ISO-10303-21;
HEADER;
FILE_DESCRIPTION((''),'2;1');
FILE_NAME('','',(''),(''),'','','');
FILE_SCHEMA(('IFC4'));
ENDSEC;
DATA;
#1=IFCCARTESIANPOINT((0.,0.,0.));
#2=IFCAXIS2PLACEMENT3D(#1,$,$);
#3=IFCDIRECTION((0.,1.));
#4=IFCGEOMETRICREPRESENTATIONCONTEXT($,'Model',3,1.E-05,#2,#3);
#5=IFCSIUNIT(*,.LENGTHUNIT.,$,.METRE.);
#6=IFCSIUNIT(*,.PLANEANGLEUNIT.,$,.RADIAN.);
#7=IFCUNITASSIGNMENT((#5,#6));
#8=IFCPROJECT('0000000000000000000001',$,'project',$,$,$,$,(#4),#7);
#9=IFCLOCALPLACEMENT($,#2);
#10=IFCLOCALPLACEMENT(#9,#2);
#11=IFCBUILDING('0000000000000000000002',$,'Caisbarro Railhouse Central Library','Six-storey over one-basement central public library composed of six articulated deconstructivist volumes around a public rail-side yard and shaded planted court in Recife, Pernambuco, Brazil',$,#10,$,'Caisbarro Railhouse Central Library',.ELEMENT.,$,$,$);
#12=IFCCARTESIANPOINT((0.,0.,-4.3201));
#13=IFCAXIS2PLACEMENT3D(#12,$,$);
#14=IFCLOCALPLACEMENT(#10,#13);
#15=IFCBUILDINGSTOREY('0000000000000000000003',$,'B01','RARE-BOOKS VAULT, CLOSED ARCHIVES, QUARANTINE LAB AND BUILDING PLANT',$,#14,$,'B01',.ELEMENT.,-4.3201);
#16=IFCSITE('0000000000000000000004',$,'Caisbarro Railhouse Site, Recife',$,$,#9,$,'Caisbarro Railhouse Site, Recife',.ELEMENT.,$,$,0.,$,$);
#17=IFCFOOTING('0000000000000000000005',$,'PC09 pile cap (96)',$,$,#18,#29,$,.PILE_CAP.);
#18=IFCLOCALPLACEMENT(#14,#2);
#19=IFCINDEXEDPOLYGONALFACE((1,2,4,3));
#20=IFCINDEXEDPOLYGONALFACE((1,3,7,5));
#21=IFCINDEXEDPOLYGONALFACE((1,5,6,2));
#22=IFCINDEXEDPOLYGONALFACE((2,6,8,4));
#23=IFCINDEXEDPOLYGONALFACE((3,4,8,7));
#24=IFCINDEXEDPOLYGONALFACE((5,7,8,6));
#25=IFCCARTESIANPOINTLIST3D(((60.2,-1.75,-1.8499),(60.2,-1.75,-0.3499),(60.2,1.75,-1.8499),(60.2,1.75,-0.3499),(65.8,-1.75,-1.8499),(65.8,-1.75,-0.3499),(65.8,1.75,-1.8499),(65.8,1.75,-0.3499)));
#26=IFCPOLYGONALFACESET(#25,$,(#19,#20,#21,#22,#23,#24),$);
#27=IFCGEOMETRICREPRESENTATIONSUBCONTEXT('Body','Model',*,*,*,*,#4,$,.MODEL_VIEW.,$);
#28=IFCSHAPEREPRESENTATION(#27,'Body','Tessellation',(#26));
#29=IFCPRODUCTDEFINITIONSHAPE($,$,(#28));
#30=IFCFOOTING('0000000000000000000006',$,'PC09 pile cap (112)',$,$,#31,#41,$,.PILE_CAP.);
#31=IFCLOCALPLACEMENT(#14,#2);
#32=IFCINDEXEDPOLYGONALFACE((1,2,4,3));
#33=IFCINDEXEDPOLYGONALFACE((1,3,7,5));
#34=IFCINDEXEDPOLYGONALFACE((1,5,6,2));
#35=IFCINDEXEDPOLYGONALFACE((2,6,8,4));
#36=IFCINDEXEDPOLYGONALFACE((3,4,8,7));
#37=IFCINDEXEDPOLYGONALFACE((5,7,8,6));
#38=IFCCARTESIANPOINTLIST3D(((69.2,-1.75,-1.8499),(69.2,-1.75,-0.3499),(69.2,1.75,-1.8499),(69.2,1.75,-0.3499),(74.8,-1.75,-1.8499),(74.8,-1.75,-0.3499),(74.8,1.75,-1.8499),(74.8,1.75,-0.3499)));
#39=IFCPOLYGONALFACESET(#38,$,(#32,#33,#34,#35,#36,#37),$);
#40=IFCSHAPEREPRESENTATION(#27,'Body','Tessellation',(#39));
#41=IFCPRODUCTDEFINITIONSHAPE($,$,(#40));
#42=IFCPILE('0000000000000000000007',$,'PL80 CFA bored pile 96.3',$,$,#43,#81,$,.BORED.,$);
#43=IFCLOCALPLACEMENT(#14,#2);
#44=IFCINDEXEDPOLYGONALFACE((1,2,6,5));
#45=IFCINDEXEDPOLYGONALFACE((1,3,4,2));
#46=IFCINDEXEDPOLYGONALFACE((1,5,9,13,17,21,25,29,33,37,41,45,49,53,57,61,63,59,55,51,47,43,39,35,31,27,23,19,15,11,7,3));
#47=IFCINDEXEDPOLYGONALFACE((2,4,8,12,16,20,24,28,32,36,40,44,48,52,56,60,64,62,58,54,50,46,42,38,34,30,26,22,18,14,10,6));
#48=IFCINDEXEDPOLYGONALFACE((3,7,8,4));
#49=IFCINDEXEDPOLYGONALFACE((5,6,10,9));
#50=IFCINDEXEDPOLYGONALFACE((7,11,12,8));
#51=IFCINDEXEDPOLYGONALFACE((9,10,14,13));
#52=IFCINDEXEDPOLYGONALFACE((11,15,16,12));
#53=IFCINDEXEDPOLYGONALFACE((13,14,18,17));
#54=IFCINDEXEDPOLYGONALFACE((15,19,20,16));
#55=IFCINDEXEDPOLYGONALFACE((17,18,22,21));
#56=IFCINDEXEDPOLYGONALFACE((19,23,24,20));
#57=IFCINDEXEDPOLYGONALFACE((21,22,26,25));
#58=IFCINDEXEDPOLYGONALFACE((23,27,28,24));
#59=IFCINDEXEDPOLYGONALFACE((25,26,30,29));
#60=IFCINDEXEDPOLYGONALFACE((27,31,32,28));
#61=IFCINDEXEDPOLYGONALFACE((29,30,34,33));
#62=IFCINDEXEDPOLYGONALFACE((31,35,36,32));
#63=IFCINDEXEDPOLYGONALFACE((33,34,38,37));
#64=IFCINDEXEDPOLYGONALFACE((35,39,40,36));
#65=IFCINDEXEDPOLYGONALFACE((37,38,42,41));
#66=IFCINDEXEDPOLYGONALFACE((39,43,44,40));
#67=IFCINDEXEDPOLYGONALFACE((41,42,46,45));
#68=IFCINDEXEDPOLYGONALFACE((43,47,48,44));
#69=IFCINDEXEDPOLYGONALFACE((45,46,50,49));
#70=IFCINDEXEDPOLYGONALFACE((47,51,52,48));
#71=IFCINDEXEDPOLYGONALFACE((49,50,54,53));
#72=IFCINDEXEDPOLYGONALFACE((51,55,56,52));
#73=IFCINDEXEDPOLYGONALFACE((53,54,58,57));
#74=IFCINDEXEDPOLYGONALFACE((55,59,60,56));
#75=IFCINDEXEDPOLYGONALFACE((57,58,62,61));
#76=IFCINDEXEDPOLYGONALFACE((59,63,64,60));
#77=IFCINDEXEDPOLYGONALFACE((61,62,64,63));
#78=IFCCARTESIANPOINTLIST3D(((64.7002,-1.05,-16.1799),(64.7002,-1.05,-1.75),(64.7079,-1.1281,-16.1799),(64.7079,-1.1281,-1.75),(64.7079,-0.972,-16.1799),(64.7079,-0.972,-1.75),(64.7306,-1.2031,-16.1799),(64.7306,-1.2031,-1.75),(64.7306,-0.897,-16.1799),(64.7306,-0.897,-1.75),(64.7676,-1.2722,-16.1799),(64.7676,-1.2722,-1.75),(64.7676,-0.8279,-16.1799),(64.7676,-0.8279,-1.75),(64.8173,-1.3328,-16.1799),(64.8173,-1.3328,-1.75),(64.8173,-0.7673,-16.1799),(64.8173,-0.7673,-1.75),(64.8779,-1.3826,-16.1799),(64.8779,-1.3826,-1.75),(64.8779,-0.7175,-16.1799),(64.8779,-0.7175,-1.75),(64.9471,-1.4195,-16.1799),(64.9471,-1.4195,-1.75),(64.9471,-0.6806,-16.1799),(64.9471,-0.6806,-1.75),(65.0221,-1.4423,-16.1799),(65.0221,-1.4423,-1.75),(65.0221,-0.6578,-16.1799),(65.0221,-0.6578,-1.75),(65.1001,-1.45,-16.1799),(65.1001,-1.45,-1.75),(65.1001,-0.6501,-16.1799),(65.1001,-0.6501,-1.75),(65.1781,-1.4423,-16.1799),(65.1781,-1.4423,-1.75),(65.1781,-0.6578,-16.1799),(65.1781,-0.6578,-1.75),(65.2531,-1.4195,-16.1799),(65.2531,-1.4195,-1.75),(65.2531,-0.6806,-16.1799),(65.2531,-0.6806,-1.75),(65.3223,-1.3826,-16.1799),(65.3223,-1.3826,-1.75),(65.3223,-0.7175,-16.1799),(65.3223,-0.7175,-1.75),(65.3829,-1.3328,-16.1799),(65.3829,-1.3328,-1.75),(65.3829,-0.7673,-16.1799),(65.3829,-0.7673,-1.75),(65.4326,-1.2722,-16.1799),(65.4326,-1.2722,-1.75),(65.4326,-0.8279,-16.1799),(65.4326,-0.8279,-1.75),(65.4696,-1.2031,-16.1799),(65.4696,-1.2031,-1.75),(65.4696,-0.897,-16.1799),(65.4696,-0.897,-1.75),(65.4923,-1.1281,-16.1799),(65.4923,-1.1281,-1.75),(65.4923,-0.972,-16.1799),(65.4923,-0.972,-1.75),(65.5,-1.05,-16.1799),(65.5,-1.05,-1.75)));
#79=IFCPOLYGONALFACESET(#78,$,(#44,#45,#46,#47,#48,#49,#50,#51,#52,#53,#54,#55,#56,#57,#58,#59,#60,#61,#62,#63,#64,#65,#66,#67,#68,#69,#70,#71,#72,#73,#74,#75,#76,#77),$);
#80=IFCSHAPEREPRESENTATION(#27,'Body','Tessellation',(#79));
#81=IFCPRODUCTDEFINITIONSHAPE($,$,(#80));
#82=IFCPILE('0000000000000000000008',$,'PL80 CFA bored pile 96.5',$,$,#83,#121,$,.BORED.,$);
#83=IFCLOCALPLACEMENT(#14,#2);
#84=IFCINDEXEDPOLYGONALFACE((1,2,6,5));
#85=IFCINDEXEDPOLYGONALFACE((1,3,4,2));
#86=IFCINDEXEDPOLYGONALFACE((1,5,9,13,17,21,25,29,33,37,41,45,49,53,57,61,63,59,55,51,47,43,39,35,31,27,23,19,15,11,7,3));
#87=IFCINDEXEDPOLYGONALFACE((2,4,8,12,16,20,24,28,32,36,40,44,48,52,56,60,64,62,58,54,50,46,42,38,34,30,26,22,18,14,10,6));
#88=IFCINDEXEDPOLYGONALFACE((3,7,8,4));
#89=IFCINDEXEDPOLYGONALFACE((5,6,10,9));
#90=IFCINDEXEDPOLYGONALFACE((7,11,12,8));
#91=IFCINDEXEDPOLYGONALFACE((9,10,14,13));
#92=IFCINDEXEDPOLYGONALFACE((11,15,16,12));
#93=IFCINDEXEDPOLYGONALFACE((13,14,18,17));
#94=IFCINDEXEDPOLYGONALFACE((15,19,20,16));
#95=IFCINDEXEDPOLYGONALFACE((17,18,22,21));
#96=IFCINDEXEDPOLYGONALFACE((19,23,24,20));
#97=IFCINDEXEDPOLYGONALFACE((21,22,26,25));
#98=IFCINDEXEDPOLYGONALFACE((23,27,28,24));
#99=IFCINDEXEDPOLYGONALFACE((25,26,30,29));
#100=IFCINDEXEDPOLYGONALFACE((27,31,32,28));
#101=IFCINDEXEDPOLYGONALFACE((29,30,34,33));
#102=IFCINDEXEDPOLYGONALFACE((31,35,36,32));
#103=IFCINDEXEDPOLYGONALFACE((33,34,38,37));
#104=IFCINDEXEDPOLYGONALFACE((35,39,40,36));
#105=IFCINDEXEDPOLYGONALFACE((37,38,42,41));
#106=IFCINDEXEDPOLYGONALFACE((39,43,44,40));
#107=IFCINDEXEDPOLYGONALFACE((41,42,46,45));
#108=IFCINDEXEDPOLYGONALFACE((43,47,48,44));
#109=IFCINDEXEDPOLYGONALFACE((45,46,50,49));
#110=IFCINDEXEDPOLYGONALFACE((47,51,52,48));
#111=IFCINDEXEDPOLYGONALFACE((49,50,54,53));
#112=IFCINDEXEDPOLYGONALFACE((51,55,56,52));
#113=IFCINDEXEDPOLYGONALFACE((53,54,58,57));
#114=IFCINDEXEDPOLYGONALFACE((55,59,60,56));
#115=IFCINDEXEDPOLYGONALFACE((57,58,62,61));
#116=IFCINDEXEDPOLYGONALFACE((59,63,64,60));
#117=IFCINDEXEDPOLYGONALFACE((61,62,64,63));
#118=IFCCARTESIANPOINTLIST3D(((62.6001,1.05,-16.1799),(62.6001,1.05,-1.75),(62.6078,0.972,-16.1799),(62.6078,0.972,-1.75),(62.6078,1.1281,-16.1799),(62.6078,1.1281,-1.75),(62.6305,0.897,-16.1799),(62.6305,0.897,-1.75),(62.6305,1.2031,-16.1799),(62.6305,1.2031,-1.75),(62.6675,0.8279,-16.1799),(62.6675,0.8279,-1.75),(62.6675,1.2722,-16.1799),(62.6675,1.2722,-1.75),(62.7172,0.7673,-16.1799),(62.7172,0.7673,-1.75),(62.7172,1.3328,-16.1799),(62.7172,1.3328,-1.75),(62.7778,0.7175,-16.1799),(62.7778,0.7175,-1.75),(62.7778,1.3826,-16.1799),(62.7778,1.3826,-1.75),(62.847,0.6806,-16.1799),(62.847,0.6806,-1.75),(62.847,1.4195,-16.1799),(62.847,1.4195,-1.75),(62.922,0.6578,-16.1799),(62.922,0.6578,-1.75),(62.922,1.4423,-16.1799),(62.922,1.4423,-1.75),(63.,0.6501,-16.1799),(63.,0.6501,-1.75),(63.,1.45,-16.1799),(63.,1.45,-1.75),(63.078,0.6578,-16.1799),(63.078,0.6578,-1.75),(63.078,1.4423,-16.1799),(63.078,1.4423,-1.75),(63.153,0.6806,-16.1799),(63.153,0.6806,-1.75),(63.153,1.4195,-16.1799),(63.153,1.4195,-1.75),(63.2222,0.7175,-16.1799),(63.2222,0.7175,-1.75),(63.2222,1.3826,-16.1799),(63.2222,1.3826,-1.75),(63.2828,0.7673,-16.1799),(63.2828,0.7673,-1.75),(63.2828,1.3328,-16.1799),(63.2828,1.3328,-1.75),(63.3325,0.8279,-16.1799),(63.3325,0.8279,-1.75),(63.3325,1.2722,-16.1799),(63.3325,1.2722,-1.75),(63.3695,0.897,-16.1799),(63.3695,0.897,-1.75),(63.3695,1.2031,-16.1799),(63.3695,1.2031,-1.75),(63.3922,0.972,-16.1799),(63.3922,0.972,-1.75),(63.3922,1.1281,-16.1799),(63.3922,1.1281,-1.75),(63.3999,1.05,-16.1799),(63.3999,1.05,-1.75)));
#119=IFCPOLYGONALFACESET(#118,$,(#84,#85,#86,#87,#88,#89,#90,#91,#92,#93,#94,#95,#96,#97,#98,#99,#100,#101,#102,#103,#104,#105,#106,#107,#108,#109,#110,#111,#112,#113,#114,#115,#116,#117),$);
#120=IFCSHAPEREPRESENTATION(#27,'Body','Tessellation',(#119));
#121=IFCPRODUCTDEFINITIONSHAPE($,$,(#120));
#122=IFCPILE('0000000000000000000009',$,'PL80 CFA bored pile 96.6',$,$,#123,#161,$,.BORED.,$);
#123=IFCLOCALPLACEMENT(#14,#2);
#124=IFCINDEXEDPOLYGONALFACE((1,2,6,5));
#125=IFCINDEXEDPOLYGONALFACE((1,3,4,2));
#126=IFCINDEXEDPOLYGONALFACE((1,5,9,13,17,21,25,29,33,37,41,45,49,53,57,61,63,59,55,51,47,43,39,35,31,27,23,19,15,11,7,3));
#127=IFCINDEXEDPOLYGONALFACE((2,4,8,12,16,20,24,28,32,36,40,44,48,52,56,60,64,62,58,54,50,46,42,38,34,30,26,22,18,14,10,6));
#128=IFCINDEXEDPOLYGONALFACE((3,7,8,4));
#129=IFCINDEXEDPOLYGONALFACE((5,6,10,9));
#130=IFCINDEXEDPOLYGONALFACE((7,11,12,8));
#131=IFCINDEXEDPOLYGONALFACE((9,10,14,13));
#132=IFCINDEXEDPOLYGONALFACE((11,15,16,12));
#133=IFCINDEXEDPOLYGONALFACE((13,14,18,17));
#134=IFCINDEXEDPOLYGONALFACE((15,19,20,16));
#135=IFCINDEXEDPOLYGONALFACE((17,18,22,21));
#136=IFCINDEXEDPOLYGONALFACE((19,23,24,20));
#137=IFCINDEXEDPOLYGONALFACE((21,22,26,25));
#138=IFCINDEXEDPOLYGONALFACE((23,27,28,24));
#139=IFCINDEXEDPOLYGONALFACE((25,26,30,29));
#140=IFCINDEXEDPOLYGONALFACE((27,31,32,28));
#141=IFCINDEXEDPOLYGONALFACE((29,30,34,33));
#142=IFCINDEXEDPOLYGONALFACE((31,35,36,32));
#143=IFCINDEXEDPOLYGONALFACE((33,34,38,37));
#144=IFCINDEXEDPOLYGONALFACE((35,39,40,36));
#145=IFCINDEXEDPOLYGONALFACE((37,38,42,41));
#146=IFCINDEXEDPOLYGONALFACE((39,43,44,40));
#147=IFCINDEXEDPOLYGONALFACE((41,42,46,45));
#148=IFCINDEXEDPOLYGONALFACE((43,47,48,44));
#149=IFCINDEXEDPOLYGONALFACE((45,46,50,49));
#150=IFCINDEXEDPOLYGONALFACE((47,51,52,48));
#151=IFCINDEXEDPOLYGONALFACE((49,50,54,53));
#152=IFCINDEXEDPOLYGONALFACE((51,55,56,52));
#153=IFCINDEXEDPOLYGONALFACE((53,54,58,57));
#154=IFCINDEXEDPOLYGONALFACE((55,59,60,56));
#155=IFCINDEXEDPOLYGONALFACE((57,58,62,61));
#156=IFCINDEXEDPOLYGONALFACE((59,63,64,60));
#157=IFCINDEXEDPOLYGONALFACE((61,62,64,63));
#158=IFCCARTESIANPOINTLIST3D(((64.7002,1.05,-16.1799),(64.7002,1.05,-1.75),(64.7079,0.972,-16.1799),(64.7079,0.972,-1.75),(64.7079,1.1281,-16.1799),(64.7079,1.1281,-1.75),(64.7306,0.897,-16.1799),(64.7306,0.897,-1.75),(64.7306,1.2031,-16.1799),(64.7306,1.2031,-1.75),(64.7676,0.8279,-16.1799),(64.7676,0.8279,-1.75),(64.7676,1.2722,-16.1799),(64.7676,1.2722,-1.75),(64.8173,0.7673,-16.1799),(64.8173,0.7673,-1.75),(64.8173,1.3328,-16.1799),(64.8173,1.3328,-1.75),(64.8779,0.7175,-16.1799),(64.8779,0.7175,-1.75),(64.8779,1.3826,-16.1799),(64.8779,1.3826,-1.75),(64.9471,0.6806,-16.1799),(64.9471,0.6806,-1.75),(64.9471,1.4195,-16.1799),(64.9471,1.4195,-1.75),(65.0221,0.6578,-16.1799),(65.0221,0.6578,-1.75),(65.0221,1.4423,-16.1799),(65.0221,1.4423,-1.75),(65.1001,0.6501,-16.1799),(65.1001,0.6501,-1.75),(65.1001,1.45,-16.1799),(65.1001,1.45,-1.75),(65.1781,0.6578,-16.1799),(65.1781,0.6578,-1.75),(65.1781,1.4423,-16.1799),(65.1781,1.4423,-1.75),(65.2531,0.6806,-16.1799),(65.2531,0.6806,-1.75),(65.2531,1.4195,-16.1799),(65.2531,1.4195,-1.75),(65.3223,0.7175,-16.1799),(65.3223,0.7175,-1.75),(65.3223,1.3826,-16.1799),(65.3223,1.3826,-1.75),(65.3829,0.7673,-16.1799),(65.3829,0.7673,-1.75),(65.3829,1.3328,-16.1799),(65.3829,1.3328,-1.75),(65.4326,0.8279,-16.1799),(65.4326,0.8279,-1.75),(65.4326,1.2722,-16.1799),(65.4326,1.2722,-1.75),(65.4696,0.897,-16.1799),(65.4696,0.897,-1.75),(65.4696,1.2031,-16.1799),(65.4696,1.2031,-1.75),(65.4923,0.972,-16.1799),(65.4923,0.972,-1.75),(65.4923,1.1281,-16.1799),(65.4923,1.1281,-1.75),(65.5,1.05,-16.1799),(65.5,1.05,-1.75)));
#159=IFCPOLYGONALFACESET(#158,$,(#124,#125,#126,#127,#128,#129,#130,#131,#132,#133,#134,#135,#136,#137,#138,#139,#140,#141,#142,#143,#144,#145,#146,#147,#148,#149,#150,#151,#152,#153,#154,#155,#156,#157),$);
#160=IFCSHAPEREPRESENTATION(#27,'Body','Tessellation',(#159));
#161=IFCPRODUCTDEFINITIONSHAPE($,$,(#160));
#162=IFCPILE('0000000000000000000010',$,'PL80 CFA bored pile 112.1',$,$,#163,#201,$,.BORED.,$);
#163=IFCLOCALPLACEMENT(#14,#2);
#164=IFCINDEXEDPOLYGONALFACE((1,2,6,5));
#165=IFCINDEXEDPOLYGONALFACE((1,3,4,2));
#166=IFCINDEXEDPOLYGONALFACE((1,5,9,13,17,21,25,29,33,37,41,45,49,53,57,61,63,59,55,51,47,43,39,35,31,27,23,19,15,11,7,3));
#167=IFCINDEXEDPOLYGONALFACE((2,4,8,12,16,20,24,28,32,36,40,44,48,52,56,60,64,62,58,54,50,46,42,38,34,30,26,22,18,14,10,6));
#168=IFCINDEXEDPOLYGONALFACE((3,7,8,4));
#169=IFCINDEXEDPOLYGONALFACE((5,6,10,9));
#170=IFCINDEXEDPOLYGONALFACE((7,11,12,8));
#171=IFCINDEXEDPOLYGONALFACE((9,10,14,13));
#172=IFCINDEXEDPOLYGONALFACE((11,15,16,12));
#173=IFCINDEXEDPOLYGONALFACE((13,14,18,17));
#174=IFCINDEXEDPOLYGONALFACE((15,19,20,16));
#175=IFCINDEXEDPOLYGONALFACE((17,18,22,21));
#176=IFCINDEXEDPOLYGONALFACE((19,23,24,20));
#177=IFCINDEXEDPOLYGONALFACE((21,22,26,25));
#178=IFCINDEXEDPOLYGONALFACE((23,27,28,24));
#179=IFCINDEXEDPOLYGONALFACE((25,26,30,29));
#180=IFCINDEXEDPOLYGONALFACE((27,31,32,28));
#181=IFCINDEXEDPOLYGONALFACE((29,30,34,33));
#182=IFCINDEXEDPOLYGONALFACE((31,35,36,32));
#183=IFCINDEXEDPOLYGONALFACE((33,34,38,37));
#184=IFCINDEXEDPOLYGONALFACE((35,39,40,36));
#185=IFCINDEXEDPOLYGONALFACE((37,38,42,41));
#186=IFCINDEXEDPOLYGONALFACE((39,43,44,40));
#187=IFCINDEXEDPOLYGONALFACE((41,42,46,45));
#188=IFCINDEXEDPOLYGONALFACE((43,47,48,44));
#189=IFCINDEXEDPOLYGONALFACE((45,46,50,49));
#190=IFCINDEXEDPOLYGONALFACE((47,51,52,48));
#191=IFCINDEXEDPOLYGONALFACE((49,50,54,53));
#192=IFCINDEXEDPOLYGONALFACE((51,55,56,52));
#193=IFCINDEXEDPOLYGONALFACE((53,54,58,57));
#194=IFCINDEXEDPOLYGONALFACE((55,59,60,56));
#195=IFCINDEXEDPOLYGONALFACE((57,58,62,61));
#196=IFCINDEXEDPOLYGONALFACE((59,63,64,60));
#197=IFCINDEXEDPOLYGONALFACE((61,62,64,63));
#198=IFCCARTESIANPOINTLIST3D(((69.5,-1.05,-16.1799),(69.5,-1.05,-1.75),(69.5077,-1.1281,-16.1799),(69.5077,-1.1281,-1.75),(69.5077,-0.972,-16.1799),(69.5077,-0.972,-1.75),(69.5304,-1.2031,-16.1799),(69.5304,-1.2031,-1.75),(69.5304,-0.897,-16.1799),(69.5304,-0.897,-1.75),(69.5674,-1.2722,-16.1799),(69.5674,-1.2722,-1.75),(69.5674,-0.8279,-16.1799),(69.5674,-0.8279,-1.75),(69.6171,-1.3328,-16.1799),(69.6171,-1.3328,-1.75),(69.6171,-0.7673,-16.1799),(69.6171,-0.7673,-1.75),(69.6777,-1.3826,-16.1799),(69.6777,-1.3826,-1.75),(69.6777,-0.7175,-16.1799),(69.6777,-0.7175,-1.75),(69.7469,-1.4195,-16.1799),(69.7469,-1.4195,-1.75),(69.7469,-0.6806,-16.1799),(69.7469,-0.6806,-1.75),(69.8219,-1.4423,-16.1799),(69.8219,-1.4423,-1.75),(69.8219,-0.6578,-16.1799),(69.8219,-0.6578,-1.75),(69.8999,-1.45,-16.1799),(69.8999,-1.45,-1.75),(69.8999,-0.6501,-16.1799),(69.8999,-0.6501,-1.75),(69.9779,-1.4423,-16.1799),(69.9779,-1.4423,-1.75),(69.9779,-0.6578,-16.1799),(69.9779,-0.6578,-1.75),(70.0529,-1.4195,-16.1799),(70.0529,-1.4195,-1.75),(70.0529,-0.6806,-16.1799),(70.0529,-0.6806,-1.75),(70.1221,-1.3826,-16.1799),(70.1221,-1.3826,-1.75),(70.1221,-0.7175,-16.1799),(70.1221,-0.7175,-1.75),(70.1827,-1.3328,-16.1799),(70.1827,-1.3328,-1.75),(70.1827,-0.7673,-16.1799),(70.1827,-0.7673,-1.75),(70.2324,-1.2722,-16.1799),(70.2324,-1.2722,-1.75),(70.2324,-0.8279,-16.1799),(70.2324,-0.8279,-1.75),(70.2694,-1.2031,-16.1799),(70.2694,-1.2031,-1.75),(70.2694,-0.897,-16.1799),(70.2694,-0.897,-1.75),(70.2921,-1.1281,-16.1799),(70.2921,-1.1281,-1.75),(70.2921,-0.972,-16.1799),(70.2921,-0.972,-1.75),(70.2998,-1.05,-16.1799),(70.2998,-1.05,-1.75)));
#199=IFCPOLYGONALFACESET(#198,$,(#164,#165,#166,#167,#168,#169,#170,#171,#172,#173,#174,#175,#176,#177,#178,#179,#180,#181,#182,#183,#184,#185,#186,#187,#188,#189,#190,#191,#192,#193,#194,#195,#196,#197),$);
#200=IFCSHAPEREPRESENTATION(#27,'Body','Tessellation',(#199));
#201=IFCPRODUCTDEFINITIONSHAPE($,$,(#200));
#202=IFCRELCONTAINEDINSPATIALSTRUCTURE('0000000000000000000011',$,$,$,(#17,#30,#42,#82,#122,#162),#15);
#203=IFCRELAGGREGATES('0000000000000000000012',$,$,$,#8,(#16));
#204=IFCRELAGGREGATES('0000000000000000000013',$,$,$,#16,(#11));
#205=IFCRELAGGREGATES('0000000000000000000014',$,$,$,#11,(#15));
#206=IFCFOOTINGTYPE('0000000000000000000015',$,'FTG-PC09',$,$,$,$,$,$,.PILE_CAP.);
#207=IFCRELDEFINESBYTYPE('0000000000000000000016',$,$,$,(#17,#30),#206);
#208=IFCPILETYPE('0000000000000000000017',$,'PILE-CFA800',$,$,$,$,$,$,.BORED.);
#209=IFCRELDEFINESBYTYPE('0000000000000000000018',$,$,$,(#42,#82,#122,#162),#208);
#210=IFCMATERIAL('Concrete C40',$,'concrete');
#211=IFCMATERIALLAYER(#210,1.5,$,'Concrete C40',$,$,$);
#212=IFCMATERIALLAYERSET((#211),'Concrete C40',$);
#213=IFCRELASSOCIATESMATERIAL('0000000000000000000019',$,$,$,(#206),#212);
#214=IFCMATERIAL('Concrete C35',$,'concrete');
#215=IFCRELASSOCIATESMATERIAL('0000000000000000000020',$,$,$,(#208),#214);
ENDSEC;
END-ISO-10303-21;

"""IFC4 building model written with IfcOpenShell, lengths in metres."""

from ifc_helpers import new_model, si_unit, direction, frame, origin, origin_2d, place, context, subcontext, project, spatial, rectangle, circle, extrude, material, layer, layer_set, material_profile, profile_set, type_object, element, save


model = new_model("IFC4")

# Units and contexts
model_context = context("Model", 3, precision=1e-05, world=origin(), true_north=direction((0.0, 1.0)))
body_context = subcontext(model_context, "Body", "Model", "MODEL_VIEW")
ifc_project = project(units=[si_unit("LENGTHUNIT", "METRE"), si_unit("PLANEANGLEUNIT", "RADIAN")], contexts=[model_context])

# Site, building, storey
site_placement = place(None, origin())
site = spatial("IfcSite", under=ifc_project, at=site_placement, Name="Caisbarro Railhouse Site, Recife", LongName="Caisbarro Railhouse Site, Recife", CompositionType="ELEMENT", RefElevation=0.0)
building_placement = place(site_placement, origin())
building = spatial("IfcBuilding", under=site, at=building_placement, Name="Caisbarro Railhouse Central Library", Description="Six-storey over one-basement central public library composed of six articulated deconstructivist volumes around a public rail-side yard and shaded planted court in Recife, Pernambuco, Brazil", LongName="Caisbarro Railhouse Central Library", CompositionType="ELEMENT")
storey_placement = place(building_placement, frame((0.0, 0.0, -4.3201)))
storey = spatial("IfcBuildingStorey", under=building, at=storey_placement, Name="B01", Description="RARE-BOOKS VAULT, CLOSED ARCHIVES, QUARANTINE LAB AND BUILDING PLANT", LongName="B01", CompositionType="ELEMENT", Elevation=-4.3201)

# Footings
ifc_material_1 = material(Name="Concrete C40", Category="concrete")
ifc_layer_1 = layer(ifc_material_1, 1.5, Name="Concrete C40")
ifc_layer_set_1 = layer_set([ifc_layer_1], Name="Concrete C40")
footing_type = type_object("IfcFootingType", Name="FTG-PC09", PredefinedType="PILE_CAP", material=ifc_layer_set_1)
for number, where, z_axis, x_axis, name in (
    (1, (63.0, 0.0, -1.8499), (0.0, 0.0, 1.0), (1.0, 0.0, 0.0), "PC09 pile cap (96)"),
    (2, (72.0, 0.0, -1.8499), (0.0, 0.0, 1.0), (1.0, 0.0, 0.0), "PC09 pile cap (112)"),
):
    element("IfcFooting", number, at=place(storey_placement, frame(where, z_axis=z_axis, x_axis=x_axis)), inside=storey, type_object=footing_type, Name=name, PredefinedType="PILE_CAP", context=body_context, shape_type="SweptSolid", body=[
        extrude(rectangle(XDim=5.6001, YDim=3.5, at=origin_2d()), origin(), (0.0, 0.0, 1.0), 1.5),
    ])

# Piles
ifc_material_2 = material(Name="Concrete C35", Category="concrete")
ifc_material_profile_1 = material_profile(ifc_material_2, circle(Radius=0.3999, at=origin_2d()), Name="PILE-CFA-800")
ifc_profile_set_1 = profile_set([ifc_material_profile_1], Name="Concrete C35")
pile_type = type_object("IfcPileType", Name="PILE-CFA800", PredefinedType="BORED", material=ifc_profile_set_1)
for number, where, z_axis, x_axis, name in (
    (3, (65.1001, -1.05, -1.75), (0.0, 0.0, -1.0), (1.0, 0.0, 0.0), "PL80 CFA bored pile 96.3"),
    (4, (63.0, 1.05, -1.75), (0.0, 0.0, -1.0), (1.0, 0.0, 0.0), "PL80 CFA bored pile 96.5"),
    (5, (65.1001, 1.05, -1.75), (0.0, 0.0, -1.0), (1.0, 0.0, 0.0), "PL80 CFA bored pile 96.6"),
    (6, (69.8999, -1.05, -1.75), (0.0, 0.0, -1.0), (1.0, 0.0, 0.0), "PL80 CFA bored pile 112.1"),
):
    element("IfcPile", number, at=place(storey_placement, frame(where, z_axis=z_axis, x_axis=x_axis)), inside=storey, type_object=pile_type, Name=name, PredefinedType="BORED", context=body_context, shape_type="SweptSolid", body=[
        extrude(circle(Radius=0.3999, at=origin_2d()), origin(), (0.0, 0.0, 1.0), 14.4299),
    ])

save(model, "model.ifc")
